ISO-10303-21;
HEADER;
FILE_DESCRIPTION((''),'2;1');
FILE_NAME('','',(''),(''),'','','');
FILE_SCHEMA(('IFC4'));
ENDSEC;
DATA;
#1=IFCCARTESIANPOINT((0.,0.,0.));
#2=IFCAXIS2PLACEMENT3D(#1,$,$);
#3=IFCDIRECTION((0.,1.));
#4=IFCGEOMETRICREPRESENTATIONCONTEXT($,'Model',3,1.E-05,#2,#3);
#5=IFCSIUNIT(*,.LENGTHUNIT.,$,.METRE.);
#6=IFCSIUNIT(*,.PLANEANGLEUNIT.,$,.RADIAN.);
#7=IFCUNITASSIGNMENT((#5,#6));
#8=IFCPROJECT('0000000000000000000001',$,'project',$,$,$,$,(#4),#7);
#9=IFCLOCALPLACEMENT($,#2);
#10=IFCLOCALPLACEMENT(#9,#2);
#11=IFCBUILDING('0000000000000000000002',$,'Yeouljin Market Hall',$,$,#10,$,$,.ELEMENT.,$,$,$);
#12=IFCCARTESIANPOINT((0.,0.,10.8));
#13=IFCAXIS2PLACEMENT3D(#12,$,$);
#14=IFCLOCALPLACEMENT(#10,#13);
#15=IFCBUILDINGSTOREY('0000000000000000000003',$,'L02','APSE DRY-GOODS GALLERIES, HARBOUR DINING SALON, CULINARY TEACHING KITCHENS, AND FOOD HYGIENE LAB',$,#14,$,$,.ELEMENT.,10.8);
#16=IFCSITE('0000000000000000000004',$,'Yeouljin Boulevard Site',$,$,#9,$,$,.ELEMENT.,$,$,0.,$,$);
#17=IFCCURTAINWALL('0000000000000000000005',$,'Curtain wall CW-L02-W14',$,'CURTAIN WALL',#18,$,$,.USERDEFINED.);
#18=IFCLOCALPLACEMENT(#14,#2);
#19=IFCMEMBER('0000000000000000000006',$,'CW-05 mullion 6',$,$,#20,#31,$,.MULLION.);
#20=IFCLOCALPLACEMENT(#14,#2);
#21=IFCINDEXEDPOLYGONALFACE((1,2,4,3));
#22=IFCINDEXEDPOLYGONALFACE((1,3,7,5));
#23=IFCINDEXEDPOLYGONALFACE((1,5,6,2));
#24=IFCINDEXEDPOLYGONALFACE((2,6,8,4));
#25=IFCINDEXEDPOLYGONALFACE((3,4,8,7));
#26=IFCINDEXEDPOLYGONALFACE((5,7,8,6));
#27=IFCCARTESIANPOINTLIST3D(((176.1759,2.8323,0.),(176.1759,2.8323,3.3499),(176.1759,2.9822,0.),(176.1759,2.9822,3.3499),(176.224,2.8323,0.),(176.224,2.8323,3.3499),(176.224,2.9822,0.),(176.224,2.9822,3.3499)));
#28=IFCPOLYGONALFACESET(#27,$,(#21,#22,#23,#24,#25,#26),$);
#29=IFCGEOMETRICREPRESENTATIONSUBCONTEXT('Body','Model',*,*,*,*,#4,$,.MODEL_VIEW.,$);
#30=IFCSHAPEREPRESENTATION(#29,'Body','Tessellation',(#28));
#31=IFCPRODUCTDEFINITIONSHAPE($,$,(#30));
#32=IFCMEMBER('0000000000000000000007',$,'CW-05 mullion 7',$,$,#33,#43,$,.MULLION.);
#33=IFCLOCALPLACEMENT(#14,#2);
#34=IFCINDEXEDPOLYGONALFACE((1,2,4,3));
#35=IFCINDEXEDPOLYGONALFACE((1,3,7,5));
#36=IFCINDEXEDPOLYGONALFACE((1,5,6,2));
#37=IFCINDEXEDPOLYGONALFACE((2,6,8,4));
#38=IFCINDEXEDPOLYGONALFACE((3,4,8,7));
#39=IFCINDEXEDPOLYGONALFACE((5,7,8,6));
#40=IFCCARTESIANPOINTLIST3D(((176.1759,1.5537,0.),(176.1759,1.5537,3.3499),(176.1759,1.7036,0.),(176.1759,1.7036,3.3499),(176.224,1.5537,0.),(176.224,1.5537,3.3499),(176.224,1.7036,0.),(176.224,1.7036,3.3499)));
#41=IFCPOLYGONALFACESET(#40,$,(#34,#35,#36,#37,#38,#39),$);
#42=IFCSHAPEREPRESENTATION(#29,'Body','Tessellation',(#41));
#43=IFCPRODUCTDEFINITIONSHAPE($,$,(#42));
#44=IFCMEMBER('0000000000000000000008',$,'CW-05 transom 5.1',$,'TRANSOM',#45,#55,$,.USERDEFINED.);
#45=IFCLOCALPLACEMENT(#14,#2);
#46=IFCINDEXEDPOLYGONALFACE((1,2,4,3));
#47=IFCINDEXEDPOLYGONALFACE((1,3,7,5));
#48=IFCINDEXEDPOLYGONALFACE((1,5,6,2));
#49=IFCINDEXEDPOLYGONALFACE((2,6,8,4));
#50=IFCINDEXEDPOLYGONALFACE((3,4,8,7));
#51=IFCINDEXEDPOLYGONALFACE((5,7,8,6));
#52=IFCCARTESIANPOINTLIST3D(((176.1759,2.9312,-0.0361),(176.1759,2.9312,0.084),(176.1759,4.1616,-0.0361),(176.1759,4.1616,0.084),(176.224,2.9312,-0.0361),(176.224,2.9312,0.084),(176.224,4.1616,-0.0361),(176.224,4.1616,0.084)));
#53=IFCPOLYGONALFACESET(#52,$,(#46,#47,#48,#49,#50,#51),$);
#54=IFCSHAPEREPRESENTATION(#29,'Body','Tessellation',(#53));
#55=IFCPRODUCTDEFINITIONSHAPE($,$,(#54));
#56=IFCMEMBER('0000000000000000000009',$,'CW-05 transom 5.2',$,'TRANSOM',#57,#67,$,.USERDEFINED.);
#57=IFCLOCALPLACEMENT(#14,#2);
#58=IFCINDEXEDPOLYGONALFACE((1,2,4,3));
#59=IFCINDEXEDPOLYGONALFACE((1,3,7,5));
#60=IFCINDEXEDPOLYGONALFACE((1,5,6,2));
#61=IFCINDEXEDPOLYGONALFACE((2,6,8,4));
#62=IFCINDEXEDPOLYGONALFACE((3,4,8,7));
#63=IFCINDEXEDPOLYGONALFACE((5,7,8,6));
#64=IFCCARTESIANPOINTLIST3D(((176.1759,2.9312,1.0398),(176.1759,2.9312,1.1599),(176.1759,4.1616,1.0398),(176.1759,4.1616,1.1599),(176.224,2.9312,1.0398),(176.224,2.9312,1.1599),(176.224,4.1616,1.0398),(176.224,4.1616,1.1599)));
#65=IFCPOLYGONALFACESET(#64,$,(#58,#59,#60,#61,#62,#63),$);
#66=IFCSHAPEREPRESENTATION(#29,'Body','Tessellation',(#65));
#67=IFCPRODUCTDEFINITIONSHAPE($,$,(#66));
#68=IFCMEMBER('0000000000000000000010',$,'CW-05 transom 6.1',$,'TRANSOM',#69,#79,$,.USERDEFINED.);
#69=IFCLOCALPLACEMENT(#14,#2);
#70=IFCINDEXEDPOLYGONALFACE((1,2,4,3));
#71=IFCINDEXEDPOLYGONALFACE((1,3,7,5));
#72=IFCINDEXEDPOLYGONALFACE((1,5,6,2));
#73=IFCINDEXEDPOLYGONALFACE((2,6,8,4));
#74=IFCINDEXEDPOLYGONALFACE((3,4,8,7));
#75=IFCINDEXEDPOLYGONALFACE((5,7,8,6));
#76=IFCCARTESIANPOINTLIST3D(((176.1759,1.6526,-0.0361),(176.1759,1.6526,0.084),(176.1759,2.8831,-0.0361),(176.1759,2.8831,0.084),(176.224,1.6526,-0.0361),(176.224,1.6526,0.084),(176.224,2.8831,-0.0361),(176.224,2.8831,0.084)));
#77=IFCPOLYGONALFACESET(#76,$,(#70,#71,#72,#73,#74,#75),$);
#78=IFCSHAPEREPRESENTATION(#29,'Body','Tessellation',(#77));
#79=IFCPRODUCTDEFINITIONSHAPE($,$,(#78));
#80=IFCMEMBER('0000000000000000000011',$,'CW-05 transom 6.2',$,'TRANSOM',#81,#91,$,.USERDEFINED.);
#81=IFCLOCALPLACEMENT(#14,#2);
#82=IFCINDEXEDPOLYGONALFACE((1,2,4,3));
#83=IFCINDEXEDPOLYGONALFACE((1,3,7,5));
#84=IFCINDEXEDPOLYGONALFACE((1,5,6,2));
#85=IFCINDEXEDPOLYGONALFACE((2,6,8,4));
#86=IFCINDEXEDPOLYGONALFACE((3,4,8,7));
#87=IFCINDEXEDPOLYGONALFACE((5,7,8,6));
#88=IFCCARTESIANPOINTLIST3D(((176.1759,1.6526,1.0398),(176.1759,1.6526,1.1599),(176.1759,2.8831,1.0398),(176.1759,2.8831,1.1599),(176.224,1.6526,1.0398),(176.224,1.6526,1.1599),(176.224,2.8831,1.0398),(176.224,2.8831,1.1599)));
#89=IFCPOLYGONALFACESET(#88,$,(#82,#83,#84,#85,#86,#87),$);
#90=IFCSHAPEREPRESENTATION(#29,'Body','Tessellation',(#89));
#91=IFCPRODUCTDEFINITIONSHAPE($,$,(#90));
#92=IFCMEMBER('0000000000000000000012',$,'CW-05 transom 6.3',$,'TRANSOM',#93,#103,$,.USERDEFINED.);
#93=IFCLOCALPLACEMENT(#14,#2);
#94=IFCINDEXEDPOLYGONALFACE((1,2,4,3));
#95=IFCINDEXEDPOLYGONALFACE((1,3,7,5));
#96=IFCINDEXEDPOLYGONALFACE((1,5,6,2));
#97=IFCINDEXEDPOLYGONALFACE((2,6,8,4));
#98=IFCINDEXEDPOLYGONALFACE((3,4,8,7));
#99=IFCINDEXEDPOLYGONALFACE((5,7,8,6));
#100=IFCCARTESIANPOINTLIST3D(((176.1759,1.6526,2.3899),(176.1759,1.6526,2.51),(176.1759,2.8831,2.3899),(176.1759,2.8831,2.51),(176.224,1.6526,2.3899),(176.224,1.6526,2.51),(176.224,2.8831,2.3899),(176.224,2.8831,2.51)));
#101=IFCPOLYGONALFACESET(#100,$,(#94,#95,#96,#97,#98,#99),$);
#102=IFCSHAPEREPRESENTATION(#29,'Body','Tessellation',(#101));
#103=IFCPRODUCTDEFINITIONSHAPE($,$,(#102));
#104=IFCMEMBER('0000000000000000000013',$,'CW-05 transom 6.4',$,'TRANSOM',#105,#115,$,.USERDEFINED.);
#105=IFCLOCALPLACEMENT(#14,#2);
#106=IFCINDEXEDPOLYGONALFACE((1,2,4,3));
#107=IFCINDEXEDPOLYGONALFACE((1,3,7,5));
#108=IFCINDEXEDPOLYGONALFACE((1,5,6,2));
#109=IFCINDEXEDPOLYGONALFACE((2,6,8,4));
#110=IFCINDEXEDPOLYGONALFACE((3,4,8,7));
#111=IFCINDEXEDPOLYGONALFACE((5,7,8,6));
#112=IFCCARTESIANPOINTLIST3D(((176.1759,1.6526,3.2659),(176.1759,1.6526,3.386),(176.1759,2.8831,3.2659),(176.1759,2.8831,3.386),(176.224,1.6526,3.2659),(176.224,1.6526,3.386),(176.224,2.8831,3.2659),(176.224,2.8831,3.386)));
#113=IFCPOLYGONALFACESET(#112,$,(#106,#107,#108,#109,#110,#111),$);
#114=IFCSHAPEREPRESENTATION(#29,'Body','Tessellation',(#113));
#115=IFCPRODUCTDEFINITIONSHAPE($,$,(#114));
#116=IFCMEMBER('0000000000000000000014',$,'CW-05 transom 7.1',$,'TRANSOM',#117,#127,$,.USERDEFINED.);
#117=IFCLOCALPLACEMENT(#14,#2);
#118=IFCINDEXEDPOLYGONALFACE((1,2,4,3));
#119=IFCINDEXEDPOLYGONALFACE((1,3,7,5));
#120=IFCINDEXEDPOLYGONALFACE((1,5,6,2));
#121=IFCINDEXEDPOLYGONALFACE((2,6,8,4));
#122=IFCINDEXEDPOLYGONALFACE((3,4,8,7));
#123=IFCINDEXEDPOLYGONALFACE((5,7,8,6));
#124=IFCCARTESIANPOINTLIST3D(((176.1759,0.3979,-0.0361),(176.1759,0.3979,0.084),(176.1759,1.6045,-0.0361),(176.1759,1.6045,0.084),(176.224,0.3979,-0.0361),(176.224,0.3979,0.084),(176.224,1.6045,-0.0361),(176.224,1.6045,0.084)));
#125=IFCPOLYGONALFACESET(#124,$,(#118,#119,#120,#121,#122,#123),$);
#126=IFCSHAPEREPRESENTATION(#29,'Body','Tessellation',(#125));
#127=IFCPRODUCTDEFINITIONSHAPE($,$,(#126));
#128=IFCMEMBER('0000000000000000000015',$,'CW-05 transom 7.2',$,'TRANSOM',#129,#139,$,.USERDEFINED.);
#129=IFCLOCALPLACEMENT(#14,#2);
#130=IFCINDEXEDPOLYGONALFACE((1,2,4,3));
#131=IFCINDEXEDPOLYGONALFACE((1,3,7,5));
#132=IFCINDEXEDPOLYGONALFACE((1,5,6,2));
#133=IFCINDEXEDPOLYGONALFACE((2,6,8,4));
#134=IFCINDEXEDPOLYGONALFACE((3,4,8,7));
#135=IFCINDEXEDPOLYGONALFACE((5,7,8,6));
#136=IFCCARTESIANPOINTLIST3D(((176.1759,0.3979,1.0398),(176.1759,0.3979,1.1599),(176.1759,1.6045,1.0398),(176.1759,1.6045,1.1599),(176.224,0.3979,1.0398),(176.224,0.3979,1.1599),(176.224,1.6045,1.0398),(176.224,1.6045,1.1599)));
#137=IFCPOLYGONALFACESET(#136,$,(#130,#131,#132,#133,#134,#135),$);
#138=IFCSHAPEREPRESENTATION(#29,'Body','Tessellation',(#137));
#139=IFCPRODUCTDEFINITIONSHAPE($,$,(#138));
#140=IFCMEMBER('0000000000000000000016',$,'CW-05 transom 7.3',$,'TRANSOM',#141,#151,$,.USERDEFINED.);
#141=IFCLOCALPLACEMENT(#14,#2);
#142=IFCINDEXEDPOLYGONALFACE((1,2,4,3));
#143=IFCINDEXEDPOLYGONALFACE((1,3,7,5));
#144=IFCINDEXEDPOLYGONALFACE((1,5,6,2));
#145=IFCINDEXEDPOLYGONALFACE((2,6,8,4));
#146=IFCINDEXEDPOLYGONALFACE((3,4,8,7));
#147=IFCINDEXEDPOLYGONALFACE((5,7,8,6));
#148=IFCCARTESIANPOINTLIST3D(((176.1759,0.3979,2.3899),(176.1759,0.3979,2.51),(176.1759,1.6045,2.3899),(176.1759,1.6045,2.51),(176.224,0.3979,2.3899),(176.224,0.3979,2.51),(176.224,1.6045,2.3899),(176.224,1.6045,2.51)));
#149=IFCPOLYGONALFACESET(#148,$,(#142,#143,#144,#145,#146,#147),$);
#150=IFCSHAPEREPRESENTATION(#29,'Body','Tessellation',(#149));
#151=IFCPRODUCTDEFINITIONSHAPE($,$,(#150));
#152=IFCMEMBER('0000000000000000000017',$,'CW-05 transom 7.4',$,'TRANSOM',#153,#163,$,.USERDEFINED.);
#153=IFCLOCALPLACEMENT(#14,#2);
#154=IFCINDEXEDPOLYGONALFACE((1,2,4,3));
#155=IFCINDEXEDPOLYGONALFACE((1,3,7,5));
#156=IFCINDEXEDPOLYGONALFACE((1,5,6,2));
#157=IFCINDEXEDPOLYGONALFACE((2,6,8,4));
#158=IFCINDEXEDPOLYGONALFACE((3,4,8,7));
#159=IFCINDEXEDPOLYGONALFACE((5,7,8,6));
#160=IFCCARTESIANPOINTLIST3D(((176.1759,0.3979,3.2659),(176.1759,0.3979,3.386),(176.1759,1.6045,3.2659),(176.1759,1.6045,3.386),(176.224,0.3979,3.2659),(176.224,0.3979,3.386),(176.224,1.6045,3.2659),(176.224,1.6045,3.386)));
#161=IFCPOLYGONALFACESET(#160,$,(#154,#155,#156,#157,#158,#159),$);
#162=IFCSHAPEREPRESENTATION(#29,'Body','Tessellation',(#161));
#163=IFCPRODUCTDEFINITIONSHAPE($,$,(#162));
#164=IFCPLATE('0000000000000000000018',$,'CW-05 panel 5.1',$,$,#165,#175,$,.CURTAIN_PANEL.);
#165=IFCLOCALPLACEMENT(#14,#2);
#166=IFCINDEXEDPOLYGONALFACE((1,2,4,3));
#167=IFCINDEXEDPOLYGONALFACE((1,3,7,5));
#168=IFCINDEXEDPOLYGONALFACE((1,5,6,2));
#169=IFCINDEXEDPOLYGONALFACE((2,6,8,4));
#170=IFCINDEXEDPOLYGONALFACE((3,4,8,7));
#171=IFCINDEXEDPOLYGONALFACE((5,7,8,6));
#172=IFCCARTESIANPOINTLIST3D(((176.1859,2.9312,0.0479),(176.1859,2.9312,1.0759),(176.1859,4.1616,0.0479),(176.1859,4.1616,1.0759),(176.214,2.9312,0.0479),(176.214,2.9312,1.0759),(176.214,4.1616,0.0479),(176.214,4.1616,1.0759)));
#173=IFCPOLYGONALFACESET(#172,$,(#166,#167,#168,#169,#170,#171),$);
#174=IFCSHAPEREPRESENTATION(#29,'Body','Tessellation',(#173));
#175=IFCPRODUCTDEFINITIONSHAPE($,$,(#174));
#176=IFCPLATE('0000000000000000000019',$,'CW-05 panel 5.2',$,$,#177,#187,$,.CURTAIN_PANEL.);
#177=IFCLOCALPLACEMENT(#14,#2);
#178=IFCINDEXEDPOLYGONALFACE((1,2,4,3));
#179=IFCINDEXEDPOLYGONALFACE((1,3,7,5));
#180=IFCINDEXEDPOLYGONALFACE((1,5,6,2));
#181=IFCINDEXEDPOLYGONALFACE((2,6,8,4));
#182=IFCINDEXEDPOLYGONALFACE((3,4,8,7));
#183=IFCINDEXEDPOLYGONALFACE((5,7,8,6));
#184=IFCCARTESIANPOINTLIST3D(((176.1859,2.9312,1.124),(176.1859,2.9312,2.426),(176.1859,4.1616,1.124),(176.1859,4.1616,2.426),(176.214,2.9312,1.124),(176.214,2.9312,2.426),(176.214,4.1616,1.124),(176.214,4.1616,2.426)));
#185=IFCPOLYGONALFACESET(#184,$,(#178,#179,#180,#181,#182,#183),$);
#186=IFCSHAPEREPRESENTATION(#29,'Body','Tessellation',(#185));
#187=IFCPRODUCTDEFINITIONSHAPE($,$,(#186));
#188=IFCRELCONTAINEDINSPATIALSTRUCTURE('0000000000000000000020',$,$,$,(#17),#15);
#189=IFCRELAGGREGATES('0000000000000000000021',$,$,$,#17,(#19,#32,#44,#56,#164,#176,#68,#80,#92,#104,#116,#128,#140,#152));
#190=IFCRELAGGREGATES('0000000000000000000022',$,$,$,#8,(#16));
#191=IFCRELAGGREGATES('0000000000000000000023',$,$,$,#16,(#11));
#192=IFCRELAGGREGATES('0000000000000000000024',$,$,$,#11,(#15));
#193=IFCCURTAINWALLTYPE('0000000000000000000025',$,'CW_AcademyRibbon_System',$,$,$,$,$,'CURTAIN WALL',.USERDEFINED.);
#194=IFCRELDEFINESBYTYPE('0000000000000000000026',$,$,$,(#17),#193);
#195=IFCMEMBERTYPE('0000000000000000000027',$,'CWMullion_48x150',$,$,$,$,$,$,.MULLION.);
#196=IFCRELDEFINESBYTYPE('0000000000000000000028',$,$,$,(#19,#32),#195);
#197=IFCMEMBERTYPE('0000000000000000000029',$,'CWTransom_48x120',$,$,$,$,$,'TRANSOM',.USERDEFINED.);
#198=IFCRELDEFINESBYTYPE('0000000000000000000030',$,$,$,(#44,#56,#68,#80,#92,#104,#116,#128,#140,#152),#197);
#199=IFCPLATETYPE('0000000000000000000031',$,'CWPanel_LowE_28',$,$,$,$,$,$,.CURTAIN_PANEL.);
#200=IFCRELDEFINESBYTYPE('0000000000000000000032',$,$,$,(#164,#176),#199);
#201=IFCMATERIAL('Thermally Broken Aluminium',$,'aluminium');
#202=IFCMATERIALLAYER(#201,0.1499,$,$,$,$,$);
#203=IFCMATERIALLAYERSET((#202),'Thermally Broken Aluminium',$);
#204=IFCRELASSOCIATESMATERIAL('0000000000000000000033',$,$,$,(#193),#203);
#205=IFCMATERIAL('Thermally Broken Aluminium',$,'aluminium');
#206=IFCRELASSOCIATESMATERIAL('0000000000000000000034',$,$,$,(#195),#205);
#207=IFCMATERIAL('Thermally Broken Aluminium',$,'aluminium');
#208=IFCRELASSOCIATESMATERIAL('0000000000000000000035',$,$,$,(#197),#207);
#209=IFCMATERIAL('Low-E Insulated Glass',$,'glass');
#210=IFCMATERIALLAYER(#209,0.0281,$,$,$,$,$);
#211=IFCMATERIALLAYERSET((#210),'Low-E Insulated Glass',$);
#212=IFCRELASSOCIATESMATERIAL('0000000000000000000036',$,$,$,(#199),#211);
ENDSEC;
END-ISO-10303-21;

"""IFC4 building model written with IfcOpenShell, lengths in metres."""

from ifc_helpers import new_model, si_unit, direction, frame, origin, origin_2d, place, context, subcontext, project, spatial, rectangle, extrude, material, layer, layer_set, material_profile, profile_set, type_object, element, aggregate, save


model = new_model("IFC4")

# Units and contexts
model_context = context("Model", 3, precision=1e-05, world=origin(), true_north=direction((0.0, 1.0)))
body_context = subcontext(model_context, "Body", "Model", "MODEL_VIEW")
ifc_project = project(units=[si_unit("LENGTHUNIT", "METRE"), si_unit("PLANEANGLEUNIT", "RADIAN")], contexts=[model_context])

# Site, building, storey
site_placement = place(None, origin())
site = spatial("IfcSite", under=ifc_project, at=site_placement, Name="Yeouljin Boulevard Site", CompositionType="ELEMENT", RefElevation=0.0)
building_placement = place(site_placement, origin())
building = spatial("IfcBuilding", under=site, at=building_placement, Name="Yeouljin Market Hall", CompositionType="ELEMENT")
storey_placement = place(building_placement, frame((0.0, 0.0, 10.8)))
storey = spatial("IfcBuildingStorey", under=building, at=storey_placement, Name="L02", Description="APSE DRY-GOODS GALLERIES, HARBOUR DINING SALON, CULINARY TEACHING KITCHENS, AND FOOD HYGIENE LAB", CompositionType="ELEMENT", Elevation=10.8)

# Curtain wall, members, plates
ifc_material_1 = material(Name="Thermally Broken Aluminium", Category="aluminium")
ifc_layer_1 = layer(ifc_material_1, 0.1499)
ifc_layer_set_1 = layer_set([ifc_layer_1], Name="Thermally Broken Aluminium")
curtain_wall_type = type_object("IfcCurtainWallType", Name="CW_AcademyRibbon_System", ElementType="CURTAIN WALL", PredefinedType="USERDEFINED", material=ifc_layer_set_1)
curtain_wall_placement = place(storey_placement, origin())
curtain_wall = element("IfcCurtainWall", 1, at=curtain_wall_placement, inside=storey, type_object=curtain_wall_type, Name="Curtain wall CW-L02-W14", ObjectType="CURTAIN WALL", PredefinedType="USERDEFINED")
ifc_material_2 = material(Name="Thermally Broken Aluminium", Category="aluminium")
ifc_material_profile_1 = material_profile(ifc_material_2, rectangle(XDim=0.0481, YDim=0.1499, at=origin_2d()), Name="CW-MULL-48x150")
ifc_profile_set_1 = profile_set([ifc_material_profile_1], Name="Thermally Broken Aluminium")
member_type_1 = type_object("IfcMemberType", Name="CWMullion_48x150", PredefinedType="MULLION", material=ifc_profile_set_1)
member_1_placement = place(storey_placement, frame((176.2, 2.9072, 0.0), z_axis=(0.0, 0.0, 1.0), x_axis=(1.0, 0.0, 0.0)))
member_1 = element("IfcMember", 2, at=member_1_placement, type_object=member_type_1, Name="CW-05 mullion 6", PredefinedType="MULLION", context=body_context, shape_type="SweptSolid", body=[
    extrude(rectangle(XDim=0.0481, YDim=0.1499, at=origin_2d()), origin(), (0.0, 0.0, 1.0), 3.3499),
])
member_2_placement = place(storey_placement, frame((176.2, 1.6287, 0.0), z_axis=(0.0, 0.0, 1.0), x_axis=(1.0, 0.0, 0.0)))
member_2 = element("IfcMember", 3, at=member_2_placement, type_object=member_type_1, Name="CW-05 mullion 7", PredefinedType="MULLION", context=body_context, shape_type="SweptSolid", body=[
    extrude(rectangle(XDim=0.0481, YDim=0.1499, at=origin_2d()), origin(), (0.0, 0.0, 1.0), 3.3499),
])
ifc_material_3 = material(Name="Thermally Broken Aluminium", Category="aluminium")
ifc_material_profile_2 = material_profile(ifc_material_3, rectangle(XDim=0.0481, YDim=0.1201, at=origin_2d()), Name="CW-TRAN-48x120")
ifc_profile_set_2 = profile_set([ifc_material_profile_2], Name="Thermally Broken Aluminium")
member_type_2 = type_object("IfcMemberType", Name="CWTransom_48x120", ElementType="TRANSOM", PredefinedType="USERDEFINED", material=ifc_profile_set_2)
member_3_placement = place(storey_placement, frame((176.2, 4.1616, 0.0239), z_axis=(0.0, -1.0, 0.0), x_axis=(1.0, 0.0, 0.0)))
member_3 = element("IfcMember", 4, at=member_3_placement, type_object=member_type_2, Name="CW-05 transom 5.1", ObjectType="TRANSOM", PredefinedType="USERDEFINED", context=body_context, shape_type="SweptSolid", body=[
    extrude(rectangle(XDim=0.0481, YDim=0.1201, at=origin_2d()), origin(), (0.0, 0.0, 1.0), 1.2305),
])
member_4_placement = place(storey_placement, frame((176.2, 4.1616, 1.0999), z_axis=(0.0, -1.0, 0.0), x_axis=(1.0, 0.0, 0.0)))
member_4 = element("IfcMember", 5, at=member_4_placement, type_object=member_type_2, Name="CW-05 transom 5.2", ObjectType="TRANSOM", PredefinedType="USERDEFINED", context=body_context, shape_type="SweptSolid", body=[
    extrude(rectangle(XDim=0.0481, YDim=0.1201, at=origin_2d()), origin(), (0.0, 0.0, 1.0), 1.2305),
])
member_5_placement = place(storey_placement, frame((176.2, 2.8831, 0.0239), z_axis=(0.0, -1.0, 0.0), x_axis=(1.0, 0.0, 0.0)))
member_5 = element("IfcMember", 6, at=member_5_placement, type_object=member_type_2, Name="CW-05 transom 6.1", ObjectType="TRANSOM", PredefinedType="USERDEFINED", context=body_context, shape_type="SweptSolid", body=[
    extrude(rectangle(XDim=0.0481, YDim=0.1201, at=origin_2d()), origin(), (0.0, 0.0, 1.0), 1.2305),
])
member_6_placement = place(storey_placement, frame((176.2, 2.8831, 1.0999), z_axis=(0.0, -1.0, 0.0), x_axis=(1.0, 0.0, 0.0)))
member_6 = element("IfcMember", 7, at=member_6_placement, type_object=member_type_2, Name="CW-05 transom 6.2", ObjectType="TRANSOM", PredefinedType="USERDEFINED", context=body_context, shape_type="SweptSolid", body=[
    extrude(rectangle(XDim=0.0481, YDim=0.1201, at=origin_2d()), origin(), (0.0, 0.0, 1.0), 1.2305),
])
member_7_placement = place(storey_placement, frame((176.2, 2.8831, 2.45), z_axis=(0.0, -1.0, 0.0), x_axis=(1.0, 0.0, 0.0)))
member_7 = element("IfcMember", 8, at=member_7_placement, type_object=member_type_2, Name="CW-05 transom 6.3", ObjectType="TRANSOM", PredefinedType="USERDEFINED", context=body_context, shape_type="SweptSolid", body=[
    extrude(rectangle(XDim=0.0481, YDim=0.1201, at=origin_2d()), origin(), (0.0, 0.0, 1.0), 1.2305),
])
member_8_placement = place(storey_placement, frame((176.2, 2.8831, 3.3259), z_axis=(0.0, -1.0, 0.0), x_axis=(1.0, 0.0, 0.0)))
member_8 = element("IfcMember", 9, at=member_8_placement, type_object=member_type_2, Name="CW-05 transom 6.4", ObjectType="TRANSOM", PredefinedType="USERDEFINED", context=body_context, shape_type="SweptSolid", body=[
    extrude(rectangle(XDim=0.0481, YDim=0.1201, at=origin_2d()), origin(), (0.0, 0.0, 1.0), 1.2305),
])
member_9_placement = place(storey_placement, frame((176.2, 1.6045, 0.0239), z_axis=(0.0, -1.0, 0.0), x_axis=(1.0, 0.0, 0.0)))
member_9 = element("IfcMember", 10, at=member_9_placement, type_object=member_type_2, Name="CW-05 transom 7.1", ObjectType="TRANSOM", PredefinedType="USERDEFINED", context=body_context, shape_type="SweptSolid", body=[
    extrude(rectangle(XDim=0.0481, YDim=0.1201, at=origin_2d()), origin(), (0.0, 0.0, 1.0), 1.2065),
])
member_10_placement = place(storey_placement, frame((176.2, 1.6045, 1.0999), z_axis=(0.0, -1.0, 0.0), x_axis=(1.0, 0.0, 0.0)))
member_10 = element("IfcMember", 11, at=member_10_placement, type_object=member_type_2, Name="CW-05 transom 7.2", ObjectType="TRANSOM", PredefinedType="USERDEFINED", context=body_context, shape_type="SweptSolid", body=[
    extrude(rectangle(XDim=0.0481, YDim=0.1201, at=origin_2d()), origin(), (0.0, 0.0, 1.0), 1.2065),
])
member_11_placement = place(storey_placement, frame((176.2, 1.6045, 2.45), z_axis=(0.0, -1.0, 0.0), x_axis=(1.0, 0.0, 0.0)))
member_11 = element("IfcMember", 12, at=member_11_placement, type_object=member_type_2, Name="CW-05 transom 7.3", ObjectType="TRANSOM", PredefinedType="USERDEFINED", context=body_context, shape_type="SweptSolid", body=[
    extrude(rectangle(XDim=0.0481, YDim=0.1201, at=origin_2d()), origin(), (0.0, 0.0, 1.0), 1.2065),
])
member_12_placement = place(storey_placement, frame((176.2, 1.6045, 3.3259), z_axis=(0.0, -1.0, 0.0), x_axis=(1.0, 0.0, 0.0)))
member_12 = element("IfcMember", 13, at=member_12_placement, type_object=member_type_2, Name="CW-05 transom 7.4", ObjectType="TRANSOM", PredefinedType="USERDEFINED", context=body_context, shape_type="SweptSolid", body=[
    extrude(rectangle(XDim=0.0481, YDim=0.1201, at=origin_2d()), origin(), (0.0, 0.0, 1.0), 1.2065),
])
ifc_material_4 = material(Name="Low-E Insulated Glass", Category="glass")
ifc_layer_2 = layer(ifc_material_4, 0.0281)
ifc_layer_set_2 = layer_set([ifc_layer_2], Name="Low-E Insulated Glass")
plate_type = type_object("IfcPlateType", Name="CWPanel_LowE_28", PredefinedType="CURTAIN_PANEL", material=ifc_layer_set_2)
plate_1_placement = place(storey_placement, frame((176.2, 3.5464, 0.0479), z_axis=(0.0, 0.0, 1.0), x_axis=(0.0, -1.0, 0.0)))
plate_1 = element("IfcPlate", 14, at=plate_1_placement, type_object=plate_type, Name="CW-05 panel 5.1", PredefinedType="CURTAIN_PANEL", context=body_context, shape_type="SweptSolid", body=[
    extrude(rectangle(XDim=1.2305, YDim=0.0281, at=origin_2d()), origin(), (0.0, 0.0, 1.0), 1.0281),
])
plate_2_placement = place(storey_placement, frame((176.2, 3.5464, 1.124), z_axis=(0.0, 0.0, 1.0), x_axis=(0.0, -1.0, 0.0)))
plate_2 = element("IfcPlate", 15, at=plate_2_placement, type_object=plate_type, Name="CW-05 panel 5.2", PredefinedType="CURTAIN_PANEL", context=body_context, shape_type="SweptSolid", body=[
    extrude(rectangle(XDim=1.2305, YDim=0.0281, at=origin_2d()), origin(), (0.0, 0.0, 1.0), 1.302),
])
aggregate(curtain_wall, [member_1, member_2, member_3, member_4, plate_1, plate_2, member_5, member_6, member_7, member_8, member_9, member_10, member_11, member_12])

save(model, "model.ifc")
